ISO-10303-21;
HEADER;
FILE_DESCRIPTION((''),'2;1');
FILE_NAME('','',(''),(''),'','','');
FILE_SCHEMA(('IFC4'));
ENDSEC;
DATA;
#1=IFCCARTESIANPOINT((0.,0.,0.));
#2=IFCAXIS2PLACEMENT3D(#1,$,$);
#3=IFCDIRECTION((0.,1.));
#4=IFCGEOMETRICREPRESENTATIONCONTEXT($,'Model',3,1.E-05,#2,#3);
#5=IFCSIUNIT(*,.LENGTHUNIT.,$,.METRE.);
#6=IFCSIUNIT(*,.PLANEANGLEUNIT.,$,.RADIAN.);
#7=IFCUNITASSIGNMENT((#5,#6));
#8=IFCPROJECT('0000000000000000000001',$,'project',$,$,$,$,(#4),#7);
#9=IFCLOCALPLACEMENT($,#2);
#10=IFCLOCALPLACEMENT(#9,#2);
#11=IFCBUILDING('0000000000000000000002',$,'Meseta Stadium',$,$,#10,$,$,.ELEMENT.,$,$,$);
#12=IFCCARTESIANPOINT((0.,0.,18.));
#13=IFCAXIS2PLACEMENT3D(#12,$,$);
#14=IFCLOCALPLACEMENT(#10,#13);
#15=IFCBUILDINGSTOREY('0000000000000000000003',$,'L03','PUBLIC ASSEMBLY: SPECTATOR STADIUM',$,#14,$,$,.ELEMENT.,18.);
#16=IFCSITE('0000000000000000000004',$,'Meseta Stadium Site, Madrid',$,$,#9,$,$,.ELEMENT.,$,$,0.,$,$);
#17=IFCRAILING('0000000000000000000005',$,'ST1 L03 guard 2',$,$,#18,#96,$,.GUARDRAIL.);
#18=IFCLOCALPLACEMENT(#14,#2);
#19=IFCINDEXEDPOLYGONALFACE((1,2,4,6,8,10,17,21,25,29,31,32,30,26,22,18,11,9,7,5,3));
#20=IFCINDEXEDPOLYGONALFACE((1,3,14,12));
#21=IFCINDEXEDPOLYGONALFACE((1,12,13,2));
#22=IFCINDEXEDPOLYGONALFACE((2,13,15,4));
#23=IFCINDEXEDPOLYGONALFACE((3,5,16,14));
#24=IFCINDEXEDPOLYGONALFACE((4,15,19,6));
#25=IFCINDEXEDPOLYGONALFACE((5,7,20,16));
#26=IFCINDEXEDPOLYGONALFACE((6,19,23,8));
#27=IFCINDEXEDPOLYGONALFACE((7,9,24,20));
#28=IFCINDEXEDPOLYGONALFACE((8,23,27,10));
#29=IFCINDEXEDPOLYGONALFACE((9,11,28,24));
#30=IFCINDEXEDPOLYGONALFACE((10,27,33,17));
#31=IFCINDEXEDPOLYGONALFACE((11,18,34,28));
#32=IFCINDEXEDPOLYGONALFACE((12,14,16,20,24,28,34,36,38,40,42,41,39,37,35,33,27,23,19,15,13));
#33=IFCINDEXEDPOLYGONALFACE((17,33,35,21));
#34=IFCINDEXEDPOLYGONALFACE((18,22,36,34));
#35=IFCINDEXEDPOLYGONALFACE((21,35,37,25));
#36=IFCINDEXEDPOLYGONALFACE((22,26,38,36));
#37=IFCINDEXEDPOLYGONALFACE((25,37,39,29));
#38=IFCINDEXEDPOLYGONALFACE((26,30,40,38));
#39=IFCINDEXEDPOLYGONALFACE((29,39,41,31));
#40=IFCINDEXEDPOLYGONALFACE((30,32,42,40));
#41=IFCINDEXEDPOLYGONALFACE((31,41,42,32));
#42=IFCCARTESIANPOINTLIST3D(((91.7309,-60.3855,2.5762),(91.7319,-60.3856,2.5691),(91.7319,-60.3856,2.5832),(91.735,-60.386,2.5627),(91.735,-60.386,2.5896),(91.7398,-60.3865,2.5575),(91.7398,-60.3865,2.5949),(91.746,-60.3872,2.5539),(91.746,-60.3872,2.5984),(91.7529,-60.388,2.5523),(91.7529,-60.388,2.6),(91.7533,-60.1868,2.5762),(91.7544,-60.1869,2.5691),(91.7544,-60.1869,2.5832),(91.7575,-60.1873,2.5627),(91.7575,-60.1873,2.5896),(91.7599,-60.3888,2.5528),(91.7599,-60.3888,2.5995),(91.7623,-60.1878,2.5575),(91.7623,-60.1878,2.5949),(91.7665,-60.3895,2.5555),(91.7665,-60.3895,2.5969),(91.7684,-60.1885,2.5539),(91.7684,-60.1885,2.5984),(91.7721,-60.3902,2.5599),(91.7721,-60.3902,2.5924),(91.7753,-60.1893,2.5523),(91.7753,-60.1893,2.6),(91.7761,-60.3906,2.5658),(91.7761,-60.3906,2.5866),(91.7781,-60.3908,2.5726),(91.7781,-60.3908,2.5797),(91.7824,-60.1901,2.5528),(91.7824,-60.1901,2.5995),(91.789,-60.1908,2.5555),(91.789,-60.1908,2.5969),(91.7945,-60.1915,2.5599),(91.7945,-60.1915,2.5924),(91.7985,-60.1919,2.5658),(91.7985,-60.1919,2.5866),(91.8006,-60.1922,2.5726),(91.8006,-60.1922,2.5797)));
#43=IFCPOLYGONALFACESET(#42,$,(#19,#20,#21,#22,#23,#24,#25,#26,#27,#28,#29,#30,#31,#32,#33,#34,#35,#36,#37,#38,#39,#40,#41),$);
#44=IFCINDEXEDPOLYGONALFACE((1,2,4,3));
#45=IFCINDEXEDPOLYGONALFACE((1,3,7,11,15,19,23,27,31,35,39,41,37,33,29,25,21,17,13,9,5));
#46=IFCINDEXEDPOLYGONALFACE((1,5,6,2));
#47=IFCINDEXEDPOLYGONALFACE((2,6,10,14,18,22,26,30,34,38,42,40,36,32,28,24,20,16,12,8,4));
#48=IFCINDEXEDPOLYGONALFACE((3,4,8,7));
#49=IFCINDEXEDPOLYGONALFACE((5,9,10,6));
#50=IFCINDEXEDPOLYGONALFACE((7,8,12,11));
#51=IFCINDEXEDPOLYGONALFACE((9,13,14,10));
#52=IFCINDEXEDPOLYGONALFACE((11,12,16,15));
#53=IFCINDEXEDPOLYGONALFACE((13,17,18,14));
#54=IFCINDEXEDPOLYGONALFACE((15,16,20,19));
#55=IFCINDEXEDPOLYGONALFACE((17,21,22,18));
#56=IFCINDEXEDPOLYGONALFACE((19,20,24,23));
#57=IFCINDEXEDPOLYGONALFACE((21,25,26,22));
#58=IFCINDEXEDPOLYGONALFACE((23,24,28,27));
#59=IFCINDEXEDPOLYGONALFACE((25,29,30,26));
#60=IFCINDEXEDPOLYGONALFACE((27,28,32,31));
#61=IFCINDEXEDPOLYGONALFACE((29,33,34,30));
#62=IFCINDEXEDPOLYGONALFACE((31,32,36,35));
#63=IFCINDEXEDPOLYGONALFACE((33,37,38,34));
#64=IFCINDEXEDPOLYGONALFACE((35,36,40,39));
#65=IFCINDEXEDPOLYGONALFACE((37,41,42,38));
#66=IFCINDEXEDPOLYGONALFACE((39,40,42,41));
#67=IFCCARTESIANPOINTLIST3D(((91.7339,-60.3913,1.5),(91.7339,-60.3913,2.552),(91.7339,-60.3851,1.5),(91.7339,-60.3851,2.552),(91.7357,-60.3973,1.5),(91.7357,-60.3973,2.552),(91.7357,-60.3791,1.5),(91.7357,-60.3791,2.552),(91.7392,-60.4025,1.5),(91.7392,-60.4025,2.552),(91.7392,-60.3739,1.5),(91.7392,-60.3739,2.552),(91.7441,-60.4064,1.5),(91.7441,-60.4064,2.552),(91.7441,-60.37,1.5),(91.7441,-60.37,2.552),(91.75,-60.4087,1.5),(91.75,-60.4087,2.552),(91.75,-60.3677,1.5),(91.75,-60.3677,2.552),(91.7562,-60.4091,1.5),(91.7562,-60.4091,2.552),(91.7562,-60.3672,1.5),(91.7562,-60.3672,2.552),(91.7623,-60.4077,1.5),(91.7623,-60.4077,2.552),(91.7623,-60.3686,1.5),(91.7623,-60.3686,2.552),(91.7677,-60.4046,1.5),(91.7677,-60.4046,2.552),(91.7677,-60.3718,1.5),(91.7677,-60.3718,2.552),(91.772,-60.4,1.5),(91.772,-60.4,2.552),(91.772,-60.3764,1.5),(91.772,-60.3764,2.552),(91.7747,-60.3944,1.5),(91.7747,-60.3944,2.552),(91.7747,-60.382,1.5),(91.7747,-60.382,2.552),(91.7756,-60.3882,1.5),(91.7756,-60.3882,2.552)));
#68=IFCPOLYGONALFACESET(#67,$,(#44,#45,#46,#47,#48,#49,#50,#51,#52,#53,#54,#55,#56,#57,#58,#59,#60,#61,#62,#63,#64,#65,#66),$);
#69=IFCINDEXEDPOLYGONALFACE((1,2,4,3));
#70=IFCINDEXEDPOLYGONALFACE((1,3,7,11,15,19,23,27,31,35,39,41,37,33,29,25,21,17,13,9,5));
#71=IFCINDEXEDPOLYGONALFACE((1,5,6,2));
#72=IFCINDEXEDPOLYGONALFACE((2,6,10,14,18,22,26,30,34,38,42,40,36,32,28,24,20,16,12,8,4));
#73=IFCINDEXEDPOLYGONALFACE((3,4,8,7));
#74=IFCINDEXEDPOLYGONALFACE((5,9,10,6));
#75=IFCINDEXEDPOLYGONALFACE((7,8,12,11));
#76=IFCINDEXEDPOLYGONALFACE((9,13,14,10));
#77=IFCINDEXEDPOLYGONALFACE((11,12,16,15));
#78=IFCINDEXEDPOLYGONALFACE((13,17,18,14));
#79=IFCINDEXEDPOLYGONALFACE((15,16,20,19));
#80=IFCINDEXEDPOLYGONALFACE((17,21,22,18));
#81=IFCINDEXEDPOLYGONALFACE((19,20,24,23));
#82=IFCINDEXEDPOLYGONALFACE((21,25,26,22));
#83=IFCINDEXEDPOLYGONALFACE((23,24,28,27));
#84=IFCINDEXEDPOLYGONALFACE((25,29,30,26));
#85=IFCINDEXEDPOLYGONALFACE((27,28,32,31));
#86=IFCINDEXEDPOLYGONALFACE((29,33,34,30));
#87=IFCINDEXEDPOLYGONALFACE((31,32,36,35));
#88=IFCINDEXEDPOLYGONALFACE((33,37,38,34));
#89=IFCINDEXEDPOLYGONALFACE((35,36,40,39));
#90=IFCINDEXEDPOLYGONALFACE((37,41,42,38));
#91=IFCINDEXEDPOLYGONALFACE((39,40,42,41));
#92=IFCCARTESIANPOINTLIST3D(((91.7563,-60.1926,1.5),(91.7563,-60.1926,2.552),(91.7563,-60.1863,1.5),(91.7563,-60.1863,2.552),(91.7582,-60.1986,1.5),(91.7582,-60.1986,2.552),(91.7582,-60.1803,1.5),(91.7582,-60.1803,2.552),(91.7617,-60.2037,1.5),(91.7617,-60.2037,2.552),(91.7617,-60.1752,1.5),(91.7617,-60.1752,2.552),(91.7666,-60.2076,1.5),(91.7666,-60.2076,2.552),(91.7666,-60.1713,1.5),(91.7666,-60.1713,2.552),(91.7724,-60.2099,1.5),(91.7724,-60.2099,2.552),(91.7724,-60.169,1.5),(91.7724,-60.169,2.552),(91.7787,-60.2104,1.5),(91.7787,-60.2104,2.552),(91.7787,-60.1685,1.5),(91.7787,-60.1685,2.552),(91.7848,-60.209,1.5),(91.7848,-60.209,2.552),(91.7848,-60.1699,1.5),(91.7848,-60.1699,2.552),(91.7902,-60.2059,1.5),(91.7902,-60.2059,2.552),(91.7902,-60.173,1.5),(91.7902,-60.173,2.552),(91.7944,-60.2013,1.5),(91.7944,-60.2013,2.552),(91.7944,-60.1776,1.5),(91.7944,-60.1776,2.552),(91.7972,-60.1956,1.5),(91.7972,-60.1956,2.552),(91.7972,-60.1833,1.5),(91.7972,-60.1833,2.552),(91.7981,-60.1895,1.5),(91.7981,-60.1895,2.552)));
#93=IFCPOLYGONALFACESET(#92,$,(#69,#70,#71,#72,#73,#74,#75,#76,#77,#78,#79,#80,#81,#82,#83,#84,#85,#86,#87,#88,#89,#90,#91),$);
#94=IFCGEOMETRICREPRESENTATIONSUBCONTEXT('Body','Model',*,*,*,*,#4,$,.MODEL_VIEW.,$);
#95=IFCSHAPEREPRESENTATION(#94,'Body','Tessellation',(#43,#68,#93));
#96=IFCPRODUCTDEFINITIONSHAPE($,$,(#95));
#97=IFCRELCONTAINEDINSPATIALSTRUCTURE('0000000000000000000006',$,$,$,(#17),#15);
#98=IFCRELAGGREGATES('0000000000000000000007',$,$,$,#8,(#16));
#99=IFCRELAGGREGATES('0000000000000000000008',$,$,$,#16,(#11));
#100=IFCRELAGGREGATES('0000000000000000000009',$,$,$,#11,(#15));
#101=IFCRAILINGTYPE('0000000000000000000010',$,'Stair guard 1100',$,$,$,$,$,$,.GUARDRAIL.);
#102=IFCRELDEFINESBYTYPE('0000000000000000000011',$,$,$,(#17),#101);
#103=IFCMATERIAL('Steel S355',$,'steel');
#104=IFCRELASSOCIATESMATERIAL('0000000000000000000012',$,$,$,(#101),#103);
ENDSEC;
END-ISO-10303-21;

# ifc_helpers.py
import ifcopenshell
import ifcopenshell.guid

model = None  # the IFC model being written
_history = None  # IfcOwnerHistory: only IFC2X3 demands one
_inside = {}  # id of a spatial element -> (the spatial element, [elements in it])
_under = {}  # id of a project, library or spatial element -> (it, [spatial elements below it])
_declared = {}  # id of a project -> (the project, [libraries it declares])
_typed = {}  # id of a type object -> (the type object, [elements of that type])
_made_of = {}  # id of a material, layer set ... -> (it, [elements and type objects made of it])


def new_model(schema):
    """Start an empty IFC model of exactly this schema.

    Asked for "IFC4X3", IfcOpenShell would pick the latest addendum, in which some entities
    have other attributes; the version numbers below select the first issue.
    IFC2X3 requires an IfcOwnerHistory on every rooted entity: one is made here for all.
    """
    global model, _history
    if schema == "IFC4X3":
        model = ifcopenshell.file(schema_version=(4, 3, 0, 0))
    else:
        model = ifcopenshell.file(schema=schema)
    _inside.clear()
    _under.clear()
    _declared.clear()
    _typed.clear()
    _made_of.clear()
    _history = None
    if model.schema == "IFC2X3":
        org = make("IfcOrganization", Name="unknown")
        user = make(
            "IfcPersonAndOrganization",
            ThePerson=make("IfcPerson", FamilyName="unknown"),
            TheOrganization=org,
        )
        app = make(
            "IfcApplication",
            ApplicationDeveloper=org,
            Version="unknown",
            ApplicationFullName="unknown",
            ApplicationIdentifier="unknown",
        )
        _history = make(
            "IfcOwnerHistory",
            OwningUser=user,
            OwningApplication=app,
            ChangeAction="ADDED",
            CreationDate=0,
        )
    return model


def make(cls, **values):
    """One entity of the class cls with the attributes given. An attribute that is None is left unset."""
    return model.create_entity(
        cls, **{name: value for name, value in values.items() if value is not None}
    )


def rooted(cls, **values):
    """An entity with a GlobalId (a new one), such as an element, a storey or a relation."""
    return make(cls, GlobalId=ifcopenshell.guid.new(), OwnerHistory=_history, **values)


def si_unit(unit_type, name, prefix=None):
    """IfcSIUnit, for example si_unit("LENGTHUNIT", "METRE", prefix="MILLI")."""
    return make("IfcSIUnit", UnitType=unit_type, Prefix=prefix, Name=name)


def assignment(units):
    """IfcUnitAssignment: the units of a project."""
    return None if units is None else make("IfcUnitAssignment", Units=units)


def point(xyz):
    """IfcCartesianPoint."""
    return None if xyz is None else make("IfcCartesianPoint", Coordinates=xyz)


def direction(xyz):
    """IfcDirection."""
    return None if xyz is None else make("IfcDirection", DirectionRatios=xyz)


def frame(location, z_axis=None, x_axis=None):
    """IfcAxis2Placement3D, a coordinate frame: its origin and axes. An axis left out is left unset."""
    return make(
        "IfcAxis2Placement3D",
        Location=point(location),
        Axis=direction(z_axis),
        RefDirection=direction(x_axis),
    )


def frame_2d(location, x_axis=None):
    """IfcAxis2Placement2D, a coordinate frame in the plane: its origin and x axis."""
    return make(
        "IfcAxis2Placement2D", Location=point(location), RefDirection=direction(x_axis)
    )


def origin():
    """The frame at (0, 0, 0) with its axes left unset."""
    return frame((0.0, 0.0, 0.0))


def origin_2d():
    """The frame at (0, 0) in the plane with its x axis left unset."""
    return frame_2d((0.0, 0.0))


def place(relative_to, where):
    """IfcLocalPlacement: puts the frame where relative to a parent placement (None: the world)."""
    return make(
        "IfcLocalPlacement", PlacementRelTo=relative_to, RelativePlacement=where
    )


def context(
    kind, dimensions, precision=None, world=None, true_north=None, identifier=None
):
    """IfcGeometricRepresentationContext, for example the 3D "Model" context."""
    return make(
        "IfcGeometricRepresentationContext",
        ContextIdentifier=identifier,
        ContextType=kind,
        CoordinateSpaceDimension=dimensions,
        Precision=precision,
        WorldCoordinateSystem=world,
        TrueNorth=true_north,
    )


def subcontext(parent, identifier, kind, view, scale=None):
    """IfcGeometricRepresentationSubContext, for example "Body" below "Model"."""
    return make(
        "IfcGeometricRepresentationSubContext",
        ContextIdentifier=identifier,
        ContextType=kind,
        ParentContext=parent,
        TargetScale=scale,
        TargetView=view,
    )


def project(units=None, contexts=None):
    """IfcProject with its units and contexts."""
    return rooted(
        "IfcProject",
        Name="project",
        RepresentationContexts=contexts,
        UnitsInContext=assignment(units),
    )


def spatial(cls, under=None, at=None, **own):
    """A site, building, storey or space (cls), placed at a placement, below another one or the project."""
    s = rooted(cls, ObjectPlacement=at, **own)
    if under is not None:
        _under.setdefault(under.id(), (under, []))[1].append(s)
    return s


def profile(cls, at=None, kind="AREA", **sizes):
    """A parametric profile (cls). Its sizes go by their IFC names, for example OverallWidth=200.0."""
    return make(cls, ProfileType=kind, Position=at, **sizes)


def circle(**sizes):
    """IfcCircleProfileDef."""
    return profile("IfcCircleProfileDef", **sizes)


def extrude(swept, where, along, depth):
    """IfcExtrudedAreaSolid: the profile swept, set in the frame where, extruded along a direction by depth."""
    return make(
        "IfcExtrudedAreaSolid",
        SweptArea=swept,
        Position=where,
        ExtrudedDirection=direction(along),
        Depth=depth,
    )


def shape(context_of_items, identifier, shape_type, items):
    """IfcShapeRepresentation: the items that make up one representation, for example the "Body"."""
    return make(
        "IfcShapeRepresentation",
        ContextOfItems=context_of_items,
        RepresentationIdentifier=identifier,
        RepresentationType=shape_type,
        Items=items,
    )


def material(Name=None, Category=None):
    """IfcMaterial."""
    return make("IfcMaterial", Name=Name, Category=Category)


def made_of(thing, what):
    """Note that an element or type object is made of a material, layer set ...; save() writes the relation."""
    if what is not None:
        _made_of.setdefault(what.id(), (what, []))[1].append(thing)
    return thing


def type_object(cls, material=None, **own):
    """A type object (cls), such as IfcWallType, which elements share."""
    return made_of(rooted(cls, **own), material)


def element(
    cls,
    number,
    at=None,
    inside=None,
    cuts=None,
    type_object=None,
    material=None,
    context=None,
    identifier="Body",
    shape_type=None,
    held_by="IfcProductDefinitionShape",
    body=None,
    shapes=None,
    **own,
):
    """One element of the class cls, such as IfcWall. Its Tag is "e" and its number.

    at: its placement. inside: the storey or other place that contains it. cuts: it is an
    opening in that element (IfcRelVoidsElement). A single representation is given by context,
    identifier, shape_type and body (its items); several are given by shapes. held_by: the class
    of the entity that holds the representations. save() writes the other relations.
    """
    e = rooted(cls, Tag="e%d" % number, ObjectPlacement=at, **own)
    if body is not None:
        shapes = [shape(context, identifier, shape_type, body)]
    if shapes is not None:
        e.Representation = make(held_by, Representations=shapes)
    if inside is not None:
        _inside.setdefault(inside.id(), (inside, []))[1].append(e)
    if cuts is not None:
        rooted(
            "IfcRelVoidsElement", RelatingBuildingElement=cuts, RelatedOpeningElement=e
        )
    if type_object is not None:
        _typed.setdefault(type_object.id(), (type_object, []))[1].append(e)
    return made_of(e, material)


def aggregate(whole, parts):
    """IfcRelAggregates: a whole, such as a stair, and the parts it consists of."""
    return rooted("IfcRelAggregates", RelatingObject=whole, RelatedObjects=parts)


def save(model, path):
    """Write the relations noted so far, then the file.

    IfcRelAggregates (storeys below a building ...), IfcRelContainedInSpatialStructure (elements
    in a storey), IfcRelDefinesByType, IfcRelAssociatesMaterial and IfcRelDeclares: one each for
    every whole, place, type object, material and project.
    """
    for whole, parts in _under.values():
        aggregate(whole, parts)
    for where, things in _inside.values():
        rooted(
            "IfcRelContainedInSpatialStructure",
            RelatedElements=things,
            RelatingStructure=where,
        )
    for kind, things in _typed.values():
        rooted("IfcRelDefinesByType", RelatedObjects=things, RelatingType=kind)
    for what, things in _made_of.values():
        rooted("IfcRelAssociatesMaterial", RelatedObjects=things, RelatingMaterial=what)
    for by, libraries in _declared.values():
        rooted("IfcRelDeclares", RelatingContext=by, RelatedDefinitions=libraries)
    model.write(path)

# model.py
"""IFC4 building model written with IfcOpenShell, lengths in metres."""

from ifc_helpers import new_model, si_unit, direction, frame, origin, origin_2d, place, context, subcontext, project, spatial, circle, extrude, material, type_object, element, save


model = new_model("IFC4")

# Units and contexts
model_context = context("Model", 3, precision=1e-05, world=origin(), true_north=direction((0.0, 1.0)))
body_context = subcontext(model_context, "Body", "Model", "MODEL_VIEW")
ifc_project = project(units=[si_unit("LENGTHUNIT", "METRE"), si_unit("PLANEANGLEUNIT", "RADIAN")], contexts=[model_context])

# Site, building, storey
site_placement = place(None, origin())
site = spatial("IfcSite", under=ifc_project, at=site_placement, Name="Meseta Stadium Site, Madrid", CompositionType="ELEMENT", RefElevation=0.0)
building_placement = place(site_placement, origin())
building = spatial("IfcBuilding", under=site, at=building_placement, Name="Meseta Stadium", CompositionType="ELEMENT")
storey_placement = place(building_placement, frame((0.0, 0.0, 18.0)))
storey = spatial("IfcBuildingStorey", under=building, at=storey_placement, Name="L03", Description="PUBLIC ASSEMBLY: SPECTATOR STADIUM", CompositionType="ELEMENT", Elevation=18.0)

# Railing
ifc_material_1 = material(Name="Steel S355", Category="steel")
railing_type_1 = type_object("IfcRailingType", Name="Stair guard 1100", PredefinedType="GUARDRAIL", material=ifc_material_1)
railing_1_placement = place(storey_placement, frame((91.7546, -60.3882, 1.5)))
element("IfcRailing", 1, at=railing_1_placement, inside=storey, type_object=railing_type_1, Name="ST1 L03 guard 2", PredefinedType="GUARDRAIL", context=body_context, shape_type="SweptSolid", body=[
    extrude(circle(Radius=0.0239, at=origin_2d()), frame((0.0, 0.0, 1.0762), z_axis=(0.112307, 0.993674, 0.0), x_axis=(-0.993674, 0.112307, 0.0)), (0.0, 0.0, 1.0), 0.2),
    extrude(circle(Radius=0.021, at=origin_2d()), origin(), (0.0, 0.0, 1.0), 1.052),
    extrude(circle(Radius=0.021, at=origin_2d()), frame((0.0225, 0.1987, 0.0)), (0.0, 0.0, 1.0), 1.052),
])

save(model, "model.ifc")
